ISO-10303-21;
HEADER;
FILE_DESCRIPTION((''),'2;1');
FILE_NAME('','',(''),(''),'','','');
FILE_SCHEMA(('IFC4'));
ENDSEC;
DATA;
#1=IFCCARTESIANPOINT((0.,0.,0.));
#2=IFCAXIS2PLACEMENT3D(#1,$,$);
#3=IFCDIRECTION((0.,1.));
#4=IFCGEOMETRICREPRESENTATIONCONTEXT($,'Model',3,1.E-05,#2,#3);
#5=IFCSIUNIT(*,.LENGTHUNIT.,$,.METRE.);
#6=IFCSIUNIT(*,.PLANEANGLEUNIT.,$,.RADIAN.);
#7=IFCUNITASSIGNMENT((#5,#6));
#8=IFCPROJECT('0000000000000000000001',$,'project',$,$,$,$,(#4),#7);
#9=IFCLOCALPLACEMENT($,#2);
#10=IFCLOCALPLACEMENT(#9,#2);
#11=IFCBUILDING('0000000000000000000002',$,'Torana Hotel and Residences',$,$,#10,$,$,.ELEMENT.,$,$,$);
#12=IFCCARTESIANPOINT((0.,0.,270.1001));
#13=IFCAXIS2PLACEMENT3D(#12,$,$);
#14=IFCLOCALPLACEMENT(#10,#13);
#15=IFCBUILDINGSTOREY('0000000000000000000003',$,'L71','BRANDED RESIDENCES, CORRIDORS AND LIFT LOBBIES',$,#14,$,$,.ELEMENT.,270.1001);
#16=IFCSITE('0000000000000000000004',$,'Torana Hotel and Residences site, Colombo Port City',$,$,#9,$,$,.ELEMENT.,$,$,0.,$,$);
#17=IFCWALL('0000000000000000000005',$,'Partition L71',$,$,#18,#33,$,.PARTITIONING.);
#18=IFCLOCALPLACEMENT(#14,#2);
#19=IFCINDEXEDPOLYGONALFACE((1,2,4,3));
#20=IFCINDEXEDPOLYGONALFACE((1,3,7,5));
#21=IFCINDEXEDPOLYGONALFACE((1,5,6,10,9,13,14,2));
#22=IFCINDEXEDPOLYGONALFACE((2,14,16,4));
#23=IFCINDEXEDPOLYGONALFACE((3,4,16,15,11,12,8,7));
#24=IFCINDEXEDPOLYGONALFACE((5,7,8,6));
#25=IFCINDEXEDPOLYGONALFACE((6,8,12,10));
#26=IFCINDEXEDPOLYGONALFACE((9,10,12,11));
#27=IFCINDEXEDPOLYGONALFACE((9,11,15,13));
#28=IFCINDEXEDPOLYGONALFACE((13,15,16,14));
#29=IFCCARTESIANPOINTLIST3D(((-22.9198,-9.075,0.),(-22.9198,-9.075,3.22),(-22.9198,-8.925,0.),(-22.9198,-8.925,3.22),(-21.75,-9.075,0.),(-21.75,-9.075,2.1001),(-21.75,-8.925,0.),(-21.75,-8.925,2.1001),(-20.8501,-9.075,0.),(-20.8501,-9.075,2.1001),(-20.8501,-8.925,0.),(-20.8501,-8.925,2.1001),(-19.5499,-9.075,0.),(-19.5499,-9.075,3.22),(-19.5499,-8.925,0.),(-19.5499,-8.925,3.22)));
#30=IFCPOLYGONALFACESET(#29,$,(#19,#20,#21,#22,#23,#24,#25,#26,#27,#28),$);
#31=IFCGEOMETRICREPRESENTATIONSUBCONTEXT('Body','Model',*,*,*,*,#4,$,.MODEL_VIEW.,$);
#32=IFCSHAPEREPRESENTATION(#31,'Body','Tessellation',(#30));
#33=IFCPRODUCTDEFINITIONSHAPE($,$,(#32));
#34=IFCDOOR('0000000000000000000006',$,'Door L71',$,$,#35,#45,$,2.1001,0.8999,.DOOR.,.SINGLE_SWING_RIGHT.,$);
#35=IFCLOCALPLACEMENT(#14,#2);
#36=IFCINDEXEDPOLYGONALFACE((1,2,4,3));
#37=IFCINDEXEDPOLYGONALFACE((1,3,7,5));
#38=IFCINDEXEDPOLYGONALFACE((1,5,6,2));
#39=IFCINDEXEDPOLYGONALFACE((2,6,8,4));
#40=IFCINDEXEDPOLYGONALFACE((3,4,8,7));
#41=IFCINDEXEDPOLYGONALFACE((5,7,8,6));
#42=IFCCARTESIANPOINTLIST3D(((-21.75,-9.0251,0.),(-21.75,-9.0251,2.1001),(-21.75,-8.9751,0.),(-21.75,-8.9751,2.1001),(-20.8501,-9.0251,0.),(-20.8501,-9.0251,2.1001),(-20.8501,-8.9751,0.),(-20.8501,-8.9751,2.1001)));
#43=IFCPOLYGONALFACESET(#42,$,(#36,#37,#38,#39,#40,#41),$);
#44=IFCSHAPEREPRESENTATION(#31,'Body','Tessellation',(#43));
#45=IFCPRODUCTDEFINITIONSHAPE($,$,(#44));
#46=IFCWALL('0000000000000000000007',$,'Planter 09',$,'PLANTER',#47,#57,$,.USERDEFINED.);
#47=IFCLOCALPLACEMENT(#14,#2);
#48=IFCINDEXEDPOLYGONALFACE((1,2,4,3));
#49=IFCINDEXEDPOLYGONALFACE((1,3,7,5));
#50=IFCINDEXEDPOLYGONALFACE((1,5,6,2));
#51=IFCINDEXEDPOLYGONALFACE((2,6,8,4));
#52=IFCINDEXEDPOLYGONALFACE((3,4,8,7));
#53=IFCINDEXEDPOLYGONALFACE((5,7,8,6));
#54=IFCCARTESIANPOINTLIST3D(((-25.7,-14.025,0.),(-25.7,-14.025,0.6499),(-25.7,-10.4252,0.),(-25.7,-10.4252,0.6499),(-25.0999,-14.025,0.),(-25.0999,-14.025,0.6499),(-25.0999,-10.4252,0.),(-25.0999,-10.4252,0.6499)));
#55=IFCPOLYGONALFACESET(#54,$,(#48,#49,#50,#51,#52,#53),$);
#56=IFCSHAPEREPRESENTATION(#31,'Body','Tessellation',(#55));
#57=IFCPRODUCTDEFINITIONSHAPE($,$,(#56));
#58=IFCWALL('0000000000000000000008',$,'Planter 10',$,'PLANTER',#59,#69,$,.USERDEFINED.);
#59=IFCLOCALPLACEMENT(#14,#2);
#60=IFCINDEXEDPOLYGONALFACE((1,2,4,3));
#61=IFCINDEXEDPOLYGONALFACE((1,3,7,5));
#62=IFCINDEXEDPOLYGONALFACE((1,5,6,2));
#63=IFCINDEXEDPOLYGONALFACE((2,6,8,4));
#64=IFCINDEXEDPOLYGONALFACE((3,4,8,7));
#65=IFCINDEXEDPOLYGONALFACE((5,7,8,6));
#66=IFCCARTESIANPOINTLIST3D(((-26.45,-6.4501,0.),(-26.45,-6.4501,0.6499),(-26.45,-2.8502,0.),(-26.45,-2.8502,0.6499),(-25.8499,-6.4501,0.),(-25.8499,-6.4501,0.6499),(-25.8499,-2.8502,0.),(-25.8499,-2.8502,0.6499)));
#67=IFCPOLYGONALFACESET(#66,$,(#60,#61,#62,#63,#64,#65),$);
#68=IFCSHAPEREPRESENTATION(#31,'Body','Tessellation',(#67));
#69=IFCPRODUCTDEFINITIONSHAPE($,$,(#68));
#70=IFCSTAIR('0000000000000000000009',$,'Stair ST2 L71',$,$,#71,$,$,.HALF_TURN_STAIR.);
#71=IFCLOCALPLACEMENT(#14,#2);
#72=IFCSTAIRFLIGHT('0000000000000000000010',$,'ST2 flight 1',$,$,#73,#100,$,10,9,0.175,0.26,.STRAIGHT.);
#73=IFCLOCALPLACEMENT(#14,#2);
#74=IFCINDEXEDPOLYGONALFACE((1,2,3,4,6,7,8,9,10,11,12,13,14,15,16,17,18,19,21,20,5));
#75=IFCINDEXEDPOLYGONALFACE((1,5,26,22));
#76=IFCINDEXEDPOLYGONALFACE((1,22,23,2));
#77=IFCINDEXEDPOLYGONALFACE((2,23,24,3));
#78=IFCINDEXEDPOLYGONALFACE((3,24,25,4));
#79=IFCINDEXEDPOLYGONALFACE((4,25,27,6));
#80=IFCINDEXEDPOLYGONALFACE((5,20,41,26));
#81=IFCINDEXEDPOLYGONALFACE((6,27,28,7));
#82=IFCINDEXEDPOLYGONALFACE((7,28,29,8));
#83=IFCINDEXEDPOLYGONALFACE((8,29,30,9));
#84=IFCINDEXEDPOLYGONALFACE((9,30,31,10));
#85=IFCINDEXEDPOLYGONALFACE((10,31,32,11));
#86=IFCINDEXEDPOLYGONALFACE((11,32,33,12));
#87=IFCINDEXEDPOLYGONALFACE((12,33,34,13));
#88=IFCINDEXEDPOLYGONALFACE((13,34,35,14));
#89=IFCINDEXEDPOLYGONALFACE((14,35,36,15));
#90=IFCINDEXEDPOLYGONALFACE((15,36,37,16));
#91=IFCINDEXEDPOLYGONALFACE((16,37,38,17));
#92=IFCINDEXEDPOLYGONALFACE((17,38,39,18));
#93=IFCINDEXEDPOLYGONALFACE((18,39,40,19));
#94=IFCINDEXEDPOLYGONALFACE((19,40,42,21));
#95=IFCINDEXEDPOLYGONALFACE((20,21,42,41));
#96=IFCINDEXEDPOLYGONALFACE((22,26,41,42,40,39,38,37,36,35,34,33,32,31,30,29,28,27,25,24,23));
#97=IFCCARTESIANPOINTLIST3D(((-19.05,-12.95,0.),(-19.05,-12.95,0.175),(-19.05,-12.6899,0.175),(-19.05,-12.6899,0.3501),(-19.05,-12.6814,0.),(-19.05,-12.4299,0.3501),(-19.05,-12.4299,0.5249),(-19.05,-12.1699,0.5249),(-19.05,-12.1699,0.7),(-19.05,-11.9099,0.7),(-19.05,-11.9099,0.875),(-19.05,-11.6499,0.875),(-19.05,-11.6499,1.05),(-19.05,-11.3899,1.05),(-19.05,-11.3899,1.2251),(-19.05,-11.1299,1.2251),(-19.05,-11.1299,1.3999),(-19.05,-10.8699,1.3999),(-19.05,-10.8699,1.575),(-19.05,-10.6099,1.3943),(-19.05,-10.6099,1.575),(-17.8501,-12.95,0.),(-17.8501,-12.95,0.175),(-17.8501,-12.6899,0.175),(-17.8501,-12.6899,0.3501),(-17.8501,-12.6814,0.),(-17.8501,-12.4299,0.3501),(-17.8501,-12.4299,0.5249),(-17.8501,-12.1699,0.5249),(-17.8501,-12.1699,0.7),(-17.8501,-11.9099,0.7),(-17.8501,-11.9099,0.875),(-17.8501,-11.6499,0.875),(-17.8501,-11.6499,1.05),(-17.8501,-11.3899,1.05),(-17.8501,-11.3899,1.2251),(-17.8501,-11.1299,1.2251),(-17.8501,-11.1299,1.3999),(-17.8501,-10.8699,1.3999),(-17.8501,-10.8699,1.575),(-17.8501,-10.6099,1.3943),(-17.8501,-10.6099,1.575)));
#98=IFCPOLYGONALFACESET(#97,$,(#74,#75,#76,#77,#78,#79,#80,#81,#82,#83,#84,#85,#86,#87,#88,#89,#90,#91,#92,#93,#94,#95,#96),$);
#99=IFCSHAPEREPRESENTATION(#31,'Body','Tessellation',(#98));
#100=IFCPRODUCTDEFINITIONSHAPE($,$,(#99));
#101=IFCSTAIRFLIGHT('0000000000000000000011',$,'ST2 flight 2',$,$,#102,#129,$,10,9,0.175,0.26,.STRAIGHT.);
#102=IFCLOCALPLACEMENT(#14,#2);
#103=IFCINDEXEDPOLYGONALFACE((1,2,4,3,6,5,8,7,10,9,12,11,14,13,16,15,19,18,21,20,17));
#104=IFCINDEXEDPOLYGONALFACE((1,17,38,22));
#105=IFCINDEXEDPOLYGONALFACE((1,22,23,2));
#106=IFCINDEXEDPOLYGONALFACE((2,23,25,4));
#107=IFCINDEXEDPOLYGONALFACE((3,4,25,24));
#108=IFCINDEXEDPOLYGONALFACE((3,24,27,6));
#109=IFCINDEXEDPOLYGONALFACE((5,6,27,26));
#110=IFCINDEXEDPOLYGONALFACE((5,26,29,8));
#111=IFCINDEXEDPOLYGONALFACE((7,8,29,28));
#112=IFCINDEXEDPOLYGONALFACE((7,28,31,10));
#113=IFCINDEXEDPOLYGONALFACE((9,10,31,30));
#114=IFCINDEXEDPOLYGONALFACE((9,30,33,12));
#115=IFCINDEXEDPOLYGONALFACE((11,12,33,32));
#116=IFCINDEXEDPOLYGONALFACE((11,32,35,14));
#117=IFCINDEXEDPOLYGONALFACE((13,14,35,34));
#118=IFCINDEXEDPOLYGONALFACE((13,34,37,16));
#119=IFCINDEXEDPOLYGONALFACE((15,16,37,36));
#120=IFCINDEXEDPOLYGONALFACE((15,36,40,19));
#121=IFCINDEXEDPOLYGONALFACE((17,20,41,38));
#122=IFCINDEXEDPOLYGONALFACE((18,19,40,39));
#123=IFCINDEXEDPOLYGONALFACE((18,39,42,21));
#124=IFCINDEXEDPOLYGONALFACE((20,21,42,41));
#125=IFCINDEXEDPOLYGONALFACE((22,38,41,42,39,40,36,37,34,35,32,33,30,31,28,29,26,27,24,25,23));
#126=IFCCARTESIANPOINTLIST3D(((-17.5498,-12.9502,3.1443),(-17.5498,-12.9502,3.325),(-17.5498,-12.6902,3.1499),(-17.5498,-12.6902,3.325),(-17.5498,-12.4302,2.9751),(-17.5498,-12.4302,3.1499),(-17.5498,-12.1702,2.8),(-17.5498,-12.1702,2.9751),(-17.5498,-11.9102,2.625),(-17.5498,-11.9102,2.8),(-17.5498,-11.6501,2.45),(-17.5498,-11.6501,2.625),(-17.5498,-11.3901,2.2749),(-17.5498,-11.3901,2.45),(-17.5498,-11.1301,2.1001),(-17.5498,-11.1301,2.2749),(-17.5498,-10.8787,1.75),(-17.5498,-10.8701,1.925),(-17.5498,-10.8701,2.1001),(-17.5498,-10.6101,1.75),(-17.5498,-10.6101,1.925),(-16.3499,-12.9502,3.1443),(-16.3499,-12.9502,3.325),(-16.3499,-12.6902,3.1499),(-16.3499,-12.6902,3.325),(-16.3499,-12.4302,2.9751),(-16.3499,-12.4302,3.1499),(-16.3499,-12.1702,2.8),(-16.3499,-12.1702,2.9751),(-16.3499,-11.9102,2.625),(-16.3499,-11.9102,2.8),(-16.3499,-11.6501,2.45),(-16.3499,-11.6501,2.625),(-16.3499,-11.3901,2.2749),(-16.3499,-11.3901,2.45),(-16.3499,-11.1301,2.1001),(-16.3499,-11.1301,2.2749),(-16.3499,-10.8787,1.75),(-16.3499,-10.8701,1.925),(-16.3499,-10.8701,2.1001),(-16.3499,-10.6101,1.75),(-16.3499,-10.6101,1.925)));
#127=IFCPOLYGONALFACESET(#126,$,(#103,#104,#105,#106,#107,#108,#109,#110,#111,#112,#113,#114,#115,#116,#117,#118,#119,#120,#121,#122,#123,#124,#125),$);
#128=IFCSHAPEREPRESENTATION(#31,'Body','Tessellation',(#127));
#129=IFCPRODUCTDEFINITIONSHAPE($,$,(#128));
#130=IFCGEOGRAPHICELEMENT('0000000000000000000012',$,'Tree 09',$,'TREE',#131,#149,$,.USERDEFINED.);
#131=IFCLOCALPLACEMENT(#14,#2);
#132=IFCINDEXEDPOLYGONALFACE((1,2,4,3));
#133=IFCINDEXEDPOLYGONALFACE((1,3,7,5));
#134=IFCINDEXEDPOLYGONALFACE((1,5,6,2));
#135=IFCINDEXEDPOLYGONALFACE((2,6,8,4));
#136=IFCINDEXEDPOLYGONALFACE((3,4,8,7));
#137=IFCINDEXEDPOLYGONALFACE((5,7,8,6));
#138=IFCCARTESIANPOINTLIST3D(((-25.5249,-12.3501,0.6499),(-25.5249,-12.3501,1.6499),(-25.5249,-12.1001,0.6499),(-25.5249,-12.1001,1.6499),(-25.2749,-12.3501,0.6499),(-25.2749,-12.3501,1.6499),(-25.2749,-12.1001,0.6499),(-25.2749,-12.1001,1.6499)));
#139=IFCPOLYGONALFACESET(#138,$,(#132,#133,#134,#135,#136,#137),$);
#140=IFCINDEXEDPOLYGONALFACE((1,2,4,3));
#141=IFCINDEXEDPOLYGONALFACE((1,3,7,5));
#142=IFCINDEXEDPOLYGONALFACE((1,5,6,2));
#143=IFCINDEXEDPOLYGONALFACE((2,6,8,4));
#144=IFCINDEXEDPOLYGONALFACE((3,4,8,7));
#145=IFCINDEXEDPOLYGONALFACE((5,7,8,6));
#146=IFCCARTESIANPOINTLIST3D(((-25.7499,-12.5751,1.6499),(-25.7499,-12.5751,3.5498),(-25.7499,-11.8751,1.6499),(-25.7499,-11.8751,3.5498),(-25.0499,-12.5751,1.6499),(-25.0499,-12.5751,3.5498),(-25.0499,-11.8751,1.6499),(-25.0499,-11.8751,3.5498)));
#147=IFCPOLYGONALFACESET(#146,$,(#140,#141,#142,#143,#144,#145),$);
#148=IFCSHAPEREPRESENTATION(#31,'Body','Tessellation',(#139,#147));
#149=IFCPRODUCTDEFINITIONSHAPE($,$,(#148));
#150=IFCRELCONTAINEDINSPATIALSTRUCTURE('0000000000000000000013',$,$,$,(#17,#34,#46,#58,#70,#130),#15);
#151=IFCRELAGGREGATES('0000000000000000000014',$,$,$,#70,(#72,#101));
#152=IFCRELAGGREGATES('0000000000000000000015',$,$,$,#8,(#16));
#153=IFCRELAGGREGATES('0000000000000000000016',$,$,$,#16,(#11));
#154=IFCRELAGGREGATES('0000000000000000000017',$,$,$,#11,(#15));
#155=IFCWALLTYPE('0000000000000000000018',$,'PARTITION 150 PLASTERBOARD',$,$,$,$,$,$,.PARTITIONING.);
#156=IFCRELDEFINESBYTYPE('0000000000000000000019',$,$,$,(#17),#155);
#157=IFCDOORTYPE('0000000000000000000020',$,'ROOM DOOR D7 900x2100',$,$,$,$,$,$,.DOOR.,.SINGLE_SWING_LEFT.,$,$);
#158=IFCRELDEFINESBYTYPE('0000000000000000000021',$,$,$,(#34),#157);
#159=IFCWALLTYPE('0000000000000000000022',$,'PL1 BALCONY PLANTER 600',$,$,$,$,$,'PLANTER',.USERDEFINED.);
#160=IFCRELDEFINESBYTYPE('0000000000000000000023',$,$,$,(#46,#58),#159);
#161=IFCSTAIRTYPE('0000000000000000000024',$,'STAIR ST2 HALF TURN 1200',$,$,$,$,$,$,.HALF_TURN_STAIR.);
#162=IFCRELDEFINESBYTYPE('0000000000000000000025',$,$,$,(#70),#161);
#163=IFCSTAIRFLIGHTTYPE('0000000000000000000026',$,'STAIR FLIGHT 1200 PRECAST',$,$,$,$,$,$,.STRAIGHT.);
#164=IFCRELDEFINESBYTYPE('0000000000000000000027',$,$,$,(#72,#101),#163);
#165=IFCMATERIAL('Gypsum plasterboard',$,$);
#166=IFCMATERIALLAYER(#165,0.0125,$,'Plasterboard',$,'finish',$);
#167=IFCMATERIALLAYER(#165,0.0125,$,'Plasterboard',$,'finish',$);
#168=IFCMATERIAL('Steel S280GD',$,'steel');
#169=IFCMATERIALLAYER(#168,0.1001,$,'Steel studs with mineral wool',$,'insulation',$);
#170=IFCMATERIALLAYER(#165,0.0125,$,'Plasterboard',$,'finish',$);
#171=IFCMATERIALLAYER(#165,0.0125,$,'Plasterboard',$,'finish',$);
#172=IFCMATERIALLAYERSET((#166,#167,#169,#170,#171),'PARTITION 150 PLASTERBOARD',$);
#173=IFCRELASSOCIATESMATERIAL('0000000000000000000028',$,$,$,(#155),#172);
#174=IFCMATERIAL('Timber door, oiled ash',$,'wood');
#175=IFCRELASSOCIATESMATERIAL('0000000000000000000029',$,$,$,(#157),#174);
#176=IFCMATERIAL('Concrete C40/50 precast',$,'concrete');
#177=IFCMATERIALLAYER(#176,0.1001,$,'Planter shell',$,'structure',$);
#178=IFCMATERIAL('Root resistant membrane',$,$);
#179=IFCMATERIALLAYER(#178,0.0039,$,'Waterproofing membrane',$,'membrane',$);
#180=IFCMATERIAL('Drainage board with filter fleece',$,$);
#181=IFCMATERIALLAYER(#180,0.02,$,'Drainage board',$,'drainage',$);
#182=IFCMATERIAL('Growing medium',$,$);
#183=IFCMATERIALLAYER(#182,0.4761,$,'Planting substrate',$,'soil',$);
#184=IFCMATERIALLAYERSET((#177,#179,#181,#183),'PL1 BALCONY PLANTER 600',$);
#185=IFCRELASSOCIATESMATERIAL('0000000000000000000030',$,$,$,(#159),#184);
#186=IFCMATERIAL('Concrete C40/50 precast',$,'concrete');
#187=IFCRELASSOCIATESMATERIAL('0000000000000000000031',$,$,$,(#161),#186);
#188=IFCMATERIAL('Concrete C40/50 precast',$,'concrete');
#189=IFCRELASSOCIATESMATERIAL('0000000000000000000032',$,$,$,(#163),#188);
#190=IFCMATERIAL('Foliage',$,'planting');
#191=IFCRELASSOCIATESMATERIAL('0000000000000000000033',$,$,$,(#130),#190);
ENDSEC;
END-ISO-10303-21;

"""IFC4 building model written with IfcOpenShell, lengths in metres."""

from ifc_helpers import new_model, si_unit, direction, frame, frame_2d, origin, origin_2d, place, context, subcontext, project, spatial, polyline, rectangle, outline, extrude, material, layer, layer_set, type_object, element, fill, aggregate, save


model = new_model("IFC4")

# Units and contexts
model_context = context("Model", 3, precision=1e-05, world=origin(), true_north=direction((0.0, 1.0)))
body_context = subcontext(model_context, "Body", "Model", "MODEL_VIEW")
ifc_project = project(units=[si_unit("LENGTHUNIT", "METRE"), si_unit("PLANEANGLEUNIT", "RADIAN")], contexts=[model_context])

# Site, building, storey
site_placement = place(None, origin())
site = spatial("IfcSite", under=ifc_project, at=site_placement, Name="Torana Hotel and Residences site, Colombo Port City", CompositionType="ELEMENT", RefElevation=0.0)
building_placement = place(site_placement, origin())
building = spatial("IfcBuilding", under=site, at=building_placement, Name="Torana Hotel and Residences", CompositionType="ELEMENT")
storey_placement = place(building_placement, frame((0.0, 0.0, 270.1001)))
storey = spatial("IfcBuildingStorey", under=building, at=storey_placement, Name="L71", Description="BRANDED RESIDENCES, CORRIDORS AND LIFT LOBBIES", CompositionType="ELEMENT", Elevation=270.1001)

# Wall, opening, door
ifc_material_1 = material(Name="Gypsum plasterboard")
ifc_layer_1 = layer(ifc_material_1, 0.0125, Name="Plasterboard", Category="finish")
ifc_layer_2 = layer(ifc_material_1, 0.0125, Name="Plasterboard", Category="finish")
ifc_material_2 = material(Name="Steel S280GD", Category="steel")
ifc_layer_3 = layer(ifc_material_2, 0.1001, Name="Steel studs with mineral wool", Category="insulation")
ifc_layer_4 = layer(ifc_material_1, 0.0125, Name="Plasterboard", Category="finish")
ifc_layer_5 = layer(ifc_material_1, 0.0125, Name="Plasterboard", Category="finish")
ifc_layer_set_1 = layer_set([ifc_layer_1, ifc_layer_2, ifc_layer_3, ifc_layer_4, ifc_layer_5], Name="PARTITION 150 PLASTERBOARD")
wall_type_1 = type_object("IfcWallType", Name="PARTITION 150 PLASTERBOARD", PredefinedType="PARTITIONING", material=ifc_layer_set_1)
wall_1_placement = place(storey_placement, frame((-22.9199, -9.0, 0.0), z_axis=(0.0, 0.0, 1.0), x_axis=(1.0, 0.0, 0.0)))
wall_1 = element("IfcWall", 1, at=wall_1_placement, inside=storey, type_object=wall_type_1, Name="Partition L71", PredefinedType="PARTITIONING", context=body_context, shape_type="SweptSolid", body=[
    extrude(rectangle(XDim=3.3699, YDim=0.1499, at=frame_2d((1.6851, 0.0))), origin(), (0.0, 0.0, 1.0), 3.22),
])
opening_1_placement = place(wall_1_placement, frame((1.1699, 0.0, 0.0)))
opening_1 = element("IfcOpeningElement", 2, at=opening_1_placement, cuts=wall_1, PredefinedType="OPENING", context=body_context, shape_type="SweptSolid", body=[
    extrude(rectangle(XDim=0.8999, YDim=2.1001, at=frame_2d((0.45, 1.05))), frame((0.0, 0.085, 0.0), z_axis=(0.0, -1.0, 0.0), x_axis=(1.0, 0.0, 0.0)), (0.0, 0.0, 1.0), 0.1699),
])
ifc_material_3 = material(Name="Timber door, oiled ash", Category="wood")
door_type_1 = type_object("IfcDoorType", Name="ROOM DOOR D7 900x2100", OperationType="SINGLE_SWING_LEFT", PredefinedType="DOOR", material=ifc_material_3)
door_1_placement = place(opening_1_placement, origin())
door_1 = element("IfcDoor", 3, at=door_1_placement, inside=storey, type_object=door_type_1, Name="Door L71", OperationType="SINGLE_SWING_RIGHT", OverallHeight=2.1001, OverallWidth=0.8999, PredefinedType="DOOR", context=body_context, shape_type="SweptSolid", body=[
    extrude(rectangle(XDim=0.8999, YDim=2.1001, at=frame_2d((0.45, 1.05))), frame((0.0, 0.0249, 0.0), z_axis=(0.0, -1.0, 0.0), x_axis=(1.0, 0.0, 0.0)), (0.0, 0.0, 1.0), 0.05),
])
fill(opening_1, door_1)

# Walls
ifc_material_4 = material(Name="Concrete C40/50 precast", Category="concrete")
ifc_layer_6 = layer(ifc_material_4, 0.1001, Name="Planter shell", Category="structure")
ifc_material_5 = material(Name="Root resistant membrane")
ifc_layer_7 = layer(ifc_material_5, 0.0039, Name="Waterproofing membrane", Category="membrane")
ifc_material_6 = material(Name="Drainage board with filter fleece")
ifc_layer_8 = layer(ifc_material_6, 0.02, Name="Drainage board", Category="drainage")
ifc_material_7 = material(Name="Growing medium")
ifc_layer_9 = layer(ifc_material_7, 0.4761, Name="Planting substrate", Category="soil")
ifc_layer_set_2 = layer_set([ifc_layer_6, ifc_layer_7, ifc_layer_8, ifc_layer_9], Name="PL1 BALCONY PLANTER 600")
wall_type_2 = type_object("IfcWallType", Name="PL1 BALCONY PLANTER 600", ElementType="PLANTER", PredefinedType="USERDEFINED", material=ifc_layer_set_2)
for number, where, z_axis, x_axis, name in (
    (4, (-25.3999, -14.0249, 0.0), (0.0, 0.0, 1.0), (0.0, 1.0, 0.0), "Planter 09"),
    (5, (-26.1499, -6.45, 0.0), (0.0, 0.0, 1.0), (0.0, 1.0, 0.0), "Planter 10"),
):
    element("IfcWall", number, at=place(storey_placement, frame(where, z_axis=z_axis, x_axis=x_axis)), inside=storey, type_object=wall_type_2, Name=name, ObjectType="PLANTER", PredefinedType="USERDEFINED", context=body_context, shape_type="SweptSolid", body=[
        extrude(rectangle(XDim=3.5999, YDim=0.6001, at=frame_2d((1.7998, 0.0))), origin(), (0.0, 0.0, 1.0), 0.6499),
    ])

# Stair, stair flights
ifc_material_8 = material(Name="Concrete C40/50 precast", Category="concrete")
stair_type = type_object("IfcStairType", Name="STAIR ST2 HALF TURN 1200", PredefinedType="HALF_TURN_STAIR", material=ifc_material_8)
stair_placement = place(storey_placement, origin())
stair = element("IfcStair", 6, at=stair_placement, inside=storey, type_object=stair_type, Name="Stair ST2 L71", PredefinedType="HALF_TURN_STAIR")
ifc_material_9 = material(Name="Concrete C40/50 precast", Category="concrete")
stair_flight_type = type_object("IfcStairFlightType", Name="STAIR FLIGHT 1200 PRECAST", PredefinedType="STRAIGHT", material=ifc_material_9)
stair_flight_1_placement = place(storey_placement, frame((-18.45, -12.95, 0.0), z_axis=(0.0, 0.0, 1.0), x_axis=(0.0, 1.0, 0.0)))
stair_flight_1 = element("IfcStairFlight", 7, at=stair_flight_1_placement, type_object=stair_flight_type, Name="ST2 flight 1", NumberOfRisers=10, NumberOfTreads=9, PredefinedType="STRAIGHT", RiserHeight=0.175, TreadLength=0.26, context=body_context, shape_type="SweptSolid", body=[
    extrude(outline(polyline([(0.0, 0.0), (0.0, 0.175), (0.26, 0.175), (0.26, 0.3501), (0.52, 0.3501), (0.52, 0.5249), (0.78, 0.5249), (0.78, 0.7), (1.04, 0.7), (1.04, 0.875), (1.3, 0.875), (1.3, 1.05), (1.5601, 1.05), (1.5601, 1.2251), (1.8201, 1.2251), (1.8201, 1.3999), (2.0801, 1.3999), (2.0801, 1.575), (2.3401, 1.575), (2.3401, 1.75), (2.3401, 1.3943), (0.2686, 0.0), (0.0, 0.0)])), frame((0.0, 0.6001, 0.0), z_axis=(0.0, -1.0, 0.0), x_axis=(1.0, 0.0, 0.0)), (0.0, 0.0, 1.0), 1.2),
])
stair_flight_2_placement = place(storey_placement, frame((-16.95, -10.6101, 1.75), z_axis=(0.0, 0.0, 1.0), x_axis=(0.0, -1.0, 0.0)))
stair_flight_2 = element("IfcStairFlight", 8, at=stair_flight_2_placement, type_object=stair_flight_type, Name="ST2 flight 2", NumberOfRisers=10, NumberOfTreads=9, PredefinedType="STRAIGHT", RiserHeight=0.175, TreadLength=0.26, context=body_context, shape_type="SweptSolid", body=[
    extrude(outline(polyline([(0.0, 0.0), (0.0, 0.175), (0.26, 0.175), (0.26, 0.3501), (0.52, 0.3501), (0.52, 0.5249), (0.78, 0.5249), (0.78, 0.7), (1.04, 0.7), (1.04, 0.875), (1.3, 0.875), (1.3, 1.05), (1.5601, 1.05), (1.5601, 1.2251), (1.8201, 1.2251), (1.8201, 1.3999), (2.0801, 1.3999), (2.0801, 1.575), (2.3401, 1.575), (2.3401, 1.75), (2.3401, 1.3943), (0.2686, 0.0), (0.0, 0.0)])), frame((0.0, 0.6001, 0.0), z_axis=(0.0, -1.0, 0.0), x_axis=(1.0, 0.0, 0.0)), (0.0, 0.0, 1.0), 1.2),
])
aggregate(stair, [stair_flight_1, stair_flight_2])

# Geographic element
ifc_material_10 = material(Name="Foliage", Category="planting")
geographic_element_placement = place(storey_placement, frame((-25.3999, -12.2251, 0.6499), z_axis=(0.0, 0.0, 1.0), x_axis=(1.0, 0.0, 0.0)))
element("IfcGeographicElement", 9, at=geographic_element_placement, inside=storey, material=ifc_material_10, Name="Tree 09", ObjectType="TREE", PredefinedType="USERDEFINED", context=body_context, shape_type="SweptSolid", body=[
    extrude(rectangle(XDim=0.25, YDim=0.25, at=origin_2d()), origin(), (0.0, 0.0, 1.0), 1.0),
    extrude(rectangle(XDim=0.7, YDim=0.7, at=origin_2d()), frame((0.0, 0.0, 1.0)), (0.0, 0.0, 1.0), 1.8999),
])

save(model, "model.ifc")
